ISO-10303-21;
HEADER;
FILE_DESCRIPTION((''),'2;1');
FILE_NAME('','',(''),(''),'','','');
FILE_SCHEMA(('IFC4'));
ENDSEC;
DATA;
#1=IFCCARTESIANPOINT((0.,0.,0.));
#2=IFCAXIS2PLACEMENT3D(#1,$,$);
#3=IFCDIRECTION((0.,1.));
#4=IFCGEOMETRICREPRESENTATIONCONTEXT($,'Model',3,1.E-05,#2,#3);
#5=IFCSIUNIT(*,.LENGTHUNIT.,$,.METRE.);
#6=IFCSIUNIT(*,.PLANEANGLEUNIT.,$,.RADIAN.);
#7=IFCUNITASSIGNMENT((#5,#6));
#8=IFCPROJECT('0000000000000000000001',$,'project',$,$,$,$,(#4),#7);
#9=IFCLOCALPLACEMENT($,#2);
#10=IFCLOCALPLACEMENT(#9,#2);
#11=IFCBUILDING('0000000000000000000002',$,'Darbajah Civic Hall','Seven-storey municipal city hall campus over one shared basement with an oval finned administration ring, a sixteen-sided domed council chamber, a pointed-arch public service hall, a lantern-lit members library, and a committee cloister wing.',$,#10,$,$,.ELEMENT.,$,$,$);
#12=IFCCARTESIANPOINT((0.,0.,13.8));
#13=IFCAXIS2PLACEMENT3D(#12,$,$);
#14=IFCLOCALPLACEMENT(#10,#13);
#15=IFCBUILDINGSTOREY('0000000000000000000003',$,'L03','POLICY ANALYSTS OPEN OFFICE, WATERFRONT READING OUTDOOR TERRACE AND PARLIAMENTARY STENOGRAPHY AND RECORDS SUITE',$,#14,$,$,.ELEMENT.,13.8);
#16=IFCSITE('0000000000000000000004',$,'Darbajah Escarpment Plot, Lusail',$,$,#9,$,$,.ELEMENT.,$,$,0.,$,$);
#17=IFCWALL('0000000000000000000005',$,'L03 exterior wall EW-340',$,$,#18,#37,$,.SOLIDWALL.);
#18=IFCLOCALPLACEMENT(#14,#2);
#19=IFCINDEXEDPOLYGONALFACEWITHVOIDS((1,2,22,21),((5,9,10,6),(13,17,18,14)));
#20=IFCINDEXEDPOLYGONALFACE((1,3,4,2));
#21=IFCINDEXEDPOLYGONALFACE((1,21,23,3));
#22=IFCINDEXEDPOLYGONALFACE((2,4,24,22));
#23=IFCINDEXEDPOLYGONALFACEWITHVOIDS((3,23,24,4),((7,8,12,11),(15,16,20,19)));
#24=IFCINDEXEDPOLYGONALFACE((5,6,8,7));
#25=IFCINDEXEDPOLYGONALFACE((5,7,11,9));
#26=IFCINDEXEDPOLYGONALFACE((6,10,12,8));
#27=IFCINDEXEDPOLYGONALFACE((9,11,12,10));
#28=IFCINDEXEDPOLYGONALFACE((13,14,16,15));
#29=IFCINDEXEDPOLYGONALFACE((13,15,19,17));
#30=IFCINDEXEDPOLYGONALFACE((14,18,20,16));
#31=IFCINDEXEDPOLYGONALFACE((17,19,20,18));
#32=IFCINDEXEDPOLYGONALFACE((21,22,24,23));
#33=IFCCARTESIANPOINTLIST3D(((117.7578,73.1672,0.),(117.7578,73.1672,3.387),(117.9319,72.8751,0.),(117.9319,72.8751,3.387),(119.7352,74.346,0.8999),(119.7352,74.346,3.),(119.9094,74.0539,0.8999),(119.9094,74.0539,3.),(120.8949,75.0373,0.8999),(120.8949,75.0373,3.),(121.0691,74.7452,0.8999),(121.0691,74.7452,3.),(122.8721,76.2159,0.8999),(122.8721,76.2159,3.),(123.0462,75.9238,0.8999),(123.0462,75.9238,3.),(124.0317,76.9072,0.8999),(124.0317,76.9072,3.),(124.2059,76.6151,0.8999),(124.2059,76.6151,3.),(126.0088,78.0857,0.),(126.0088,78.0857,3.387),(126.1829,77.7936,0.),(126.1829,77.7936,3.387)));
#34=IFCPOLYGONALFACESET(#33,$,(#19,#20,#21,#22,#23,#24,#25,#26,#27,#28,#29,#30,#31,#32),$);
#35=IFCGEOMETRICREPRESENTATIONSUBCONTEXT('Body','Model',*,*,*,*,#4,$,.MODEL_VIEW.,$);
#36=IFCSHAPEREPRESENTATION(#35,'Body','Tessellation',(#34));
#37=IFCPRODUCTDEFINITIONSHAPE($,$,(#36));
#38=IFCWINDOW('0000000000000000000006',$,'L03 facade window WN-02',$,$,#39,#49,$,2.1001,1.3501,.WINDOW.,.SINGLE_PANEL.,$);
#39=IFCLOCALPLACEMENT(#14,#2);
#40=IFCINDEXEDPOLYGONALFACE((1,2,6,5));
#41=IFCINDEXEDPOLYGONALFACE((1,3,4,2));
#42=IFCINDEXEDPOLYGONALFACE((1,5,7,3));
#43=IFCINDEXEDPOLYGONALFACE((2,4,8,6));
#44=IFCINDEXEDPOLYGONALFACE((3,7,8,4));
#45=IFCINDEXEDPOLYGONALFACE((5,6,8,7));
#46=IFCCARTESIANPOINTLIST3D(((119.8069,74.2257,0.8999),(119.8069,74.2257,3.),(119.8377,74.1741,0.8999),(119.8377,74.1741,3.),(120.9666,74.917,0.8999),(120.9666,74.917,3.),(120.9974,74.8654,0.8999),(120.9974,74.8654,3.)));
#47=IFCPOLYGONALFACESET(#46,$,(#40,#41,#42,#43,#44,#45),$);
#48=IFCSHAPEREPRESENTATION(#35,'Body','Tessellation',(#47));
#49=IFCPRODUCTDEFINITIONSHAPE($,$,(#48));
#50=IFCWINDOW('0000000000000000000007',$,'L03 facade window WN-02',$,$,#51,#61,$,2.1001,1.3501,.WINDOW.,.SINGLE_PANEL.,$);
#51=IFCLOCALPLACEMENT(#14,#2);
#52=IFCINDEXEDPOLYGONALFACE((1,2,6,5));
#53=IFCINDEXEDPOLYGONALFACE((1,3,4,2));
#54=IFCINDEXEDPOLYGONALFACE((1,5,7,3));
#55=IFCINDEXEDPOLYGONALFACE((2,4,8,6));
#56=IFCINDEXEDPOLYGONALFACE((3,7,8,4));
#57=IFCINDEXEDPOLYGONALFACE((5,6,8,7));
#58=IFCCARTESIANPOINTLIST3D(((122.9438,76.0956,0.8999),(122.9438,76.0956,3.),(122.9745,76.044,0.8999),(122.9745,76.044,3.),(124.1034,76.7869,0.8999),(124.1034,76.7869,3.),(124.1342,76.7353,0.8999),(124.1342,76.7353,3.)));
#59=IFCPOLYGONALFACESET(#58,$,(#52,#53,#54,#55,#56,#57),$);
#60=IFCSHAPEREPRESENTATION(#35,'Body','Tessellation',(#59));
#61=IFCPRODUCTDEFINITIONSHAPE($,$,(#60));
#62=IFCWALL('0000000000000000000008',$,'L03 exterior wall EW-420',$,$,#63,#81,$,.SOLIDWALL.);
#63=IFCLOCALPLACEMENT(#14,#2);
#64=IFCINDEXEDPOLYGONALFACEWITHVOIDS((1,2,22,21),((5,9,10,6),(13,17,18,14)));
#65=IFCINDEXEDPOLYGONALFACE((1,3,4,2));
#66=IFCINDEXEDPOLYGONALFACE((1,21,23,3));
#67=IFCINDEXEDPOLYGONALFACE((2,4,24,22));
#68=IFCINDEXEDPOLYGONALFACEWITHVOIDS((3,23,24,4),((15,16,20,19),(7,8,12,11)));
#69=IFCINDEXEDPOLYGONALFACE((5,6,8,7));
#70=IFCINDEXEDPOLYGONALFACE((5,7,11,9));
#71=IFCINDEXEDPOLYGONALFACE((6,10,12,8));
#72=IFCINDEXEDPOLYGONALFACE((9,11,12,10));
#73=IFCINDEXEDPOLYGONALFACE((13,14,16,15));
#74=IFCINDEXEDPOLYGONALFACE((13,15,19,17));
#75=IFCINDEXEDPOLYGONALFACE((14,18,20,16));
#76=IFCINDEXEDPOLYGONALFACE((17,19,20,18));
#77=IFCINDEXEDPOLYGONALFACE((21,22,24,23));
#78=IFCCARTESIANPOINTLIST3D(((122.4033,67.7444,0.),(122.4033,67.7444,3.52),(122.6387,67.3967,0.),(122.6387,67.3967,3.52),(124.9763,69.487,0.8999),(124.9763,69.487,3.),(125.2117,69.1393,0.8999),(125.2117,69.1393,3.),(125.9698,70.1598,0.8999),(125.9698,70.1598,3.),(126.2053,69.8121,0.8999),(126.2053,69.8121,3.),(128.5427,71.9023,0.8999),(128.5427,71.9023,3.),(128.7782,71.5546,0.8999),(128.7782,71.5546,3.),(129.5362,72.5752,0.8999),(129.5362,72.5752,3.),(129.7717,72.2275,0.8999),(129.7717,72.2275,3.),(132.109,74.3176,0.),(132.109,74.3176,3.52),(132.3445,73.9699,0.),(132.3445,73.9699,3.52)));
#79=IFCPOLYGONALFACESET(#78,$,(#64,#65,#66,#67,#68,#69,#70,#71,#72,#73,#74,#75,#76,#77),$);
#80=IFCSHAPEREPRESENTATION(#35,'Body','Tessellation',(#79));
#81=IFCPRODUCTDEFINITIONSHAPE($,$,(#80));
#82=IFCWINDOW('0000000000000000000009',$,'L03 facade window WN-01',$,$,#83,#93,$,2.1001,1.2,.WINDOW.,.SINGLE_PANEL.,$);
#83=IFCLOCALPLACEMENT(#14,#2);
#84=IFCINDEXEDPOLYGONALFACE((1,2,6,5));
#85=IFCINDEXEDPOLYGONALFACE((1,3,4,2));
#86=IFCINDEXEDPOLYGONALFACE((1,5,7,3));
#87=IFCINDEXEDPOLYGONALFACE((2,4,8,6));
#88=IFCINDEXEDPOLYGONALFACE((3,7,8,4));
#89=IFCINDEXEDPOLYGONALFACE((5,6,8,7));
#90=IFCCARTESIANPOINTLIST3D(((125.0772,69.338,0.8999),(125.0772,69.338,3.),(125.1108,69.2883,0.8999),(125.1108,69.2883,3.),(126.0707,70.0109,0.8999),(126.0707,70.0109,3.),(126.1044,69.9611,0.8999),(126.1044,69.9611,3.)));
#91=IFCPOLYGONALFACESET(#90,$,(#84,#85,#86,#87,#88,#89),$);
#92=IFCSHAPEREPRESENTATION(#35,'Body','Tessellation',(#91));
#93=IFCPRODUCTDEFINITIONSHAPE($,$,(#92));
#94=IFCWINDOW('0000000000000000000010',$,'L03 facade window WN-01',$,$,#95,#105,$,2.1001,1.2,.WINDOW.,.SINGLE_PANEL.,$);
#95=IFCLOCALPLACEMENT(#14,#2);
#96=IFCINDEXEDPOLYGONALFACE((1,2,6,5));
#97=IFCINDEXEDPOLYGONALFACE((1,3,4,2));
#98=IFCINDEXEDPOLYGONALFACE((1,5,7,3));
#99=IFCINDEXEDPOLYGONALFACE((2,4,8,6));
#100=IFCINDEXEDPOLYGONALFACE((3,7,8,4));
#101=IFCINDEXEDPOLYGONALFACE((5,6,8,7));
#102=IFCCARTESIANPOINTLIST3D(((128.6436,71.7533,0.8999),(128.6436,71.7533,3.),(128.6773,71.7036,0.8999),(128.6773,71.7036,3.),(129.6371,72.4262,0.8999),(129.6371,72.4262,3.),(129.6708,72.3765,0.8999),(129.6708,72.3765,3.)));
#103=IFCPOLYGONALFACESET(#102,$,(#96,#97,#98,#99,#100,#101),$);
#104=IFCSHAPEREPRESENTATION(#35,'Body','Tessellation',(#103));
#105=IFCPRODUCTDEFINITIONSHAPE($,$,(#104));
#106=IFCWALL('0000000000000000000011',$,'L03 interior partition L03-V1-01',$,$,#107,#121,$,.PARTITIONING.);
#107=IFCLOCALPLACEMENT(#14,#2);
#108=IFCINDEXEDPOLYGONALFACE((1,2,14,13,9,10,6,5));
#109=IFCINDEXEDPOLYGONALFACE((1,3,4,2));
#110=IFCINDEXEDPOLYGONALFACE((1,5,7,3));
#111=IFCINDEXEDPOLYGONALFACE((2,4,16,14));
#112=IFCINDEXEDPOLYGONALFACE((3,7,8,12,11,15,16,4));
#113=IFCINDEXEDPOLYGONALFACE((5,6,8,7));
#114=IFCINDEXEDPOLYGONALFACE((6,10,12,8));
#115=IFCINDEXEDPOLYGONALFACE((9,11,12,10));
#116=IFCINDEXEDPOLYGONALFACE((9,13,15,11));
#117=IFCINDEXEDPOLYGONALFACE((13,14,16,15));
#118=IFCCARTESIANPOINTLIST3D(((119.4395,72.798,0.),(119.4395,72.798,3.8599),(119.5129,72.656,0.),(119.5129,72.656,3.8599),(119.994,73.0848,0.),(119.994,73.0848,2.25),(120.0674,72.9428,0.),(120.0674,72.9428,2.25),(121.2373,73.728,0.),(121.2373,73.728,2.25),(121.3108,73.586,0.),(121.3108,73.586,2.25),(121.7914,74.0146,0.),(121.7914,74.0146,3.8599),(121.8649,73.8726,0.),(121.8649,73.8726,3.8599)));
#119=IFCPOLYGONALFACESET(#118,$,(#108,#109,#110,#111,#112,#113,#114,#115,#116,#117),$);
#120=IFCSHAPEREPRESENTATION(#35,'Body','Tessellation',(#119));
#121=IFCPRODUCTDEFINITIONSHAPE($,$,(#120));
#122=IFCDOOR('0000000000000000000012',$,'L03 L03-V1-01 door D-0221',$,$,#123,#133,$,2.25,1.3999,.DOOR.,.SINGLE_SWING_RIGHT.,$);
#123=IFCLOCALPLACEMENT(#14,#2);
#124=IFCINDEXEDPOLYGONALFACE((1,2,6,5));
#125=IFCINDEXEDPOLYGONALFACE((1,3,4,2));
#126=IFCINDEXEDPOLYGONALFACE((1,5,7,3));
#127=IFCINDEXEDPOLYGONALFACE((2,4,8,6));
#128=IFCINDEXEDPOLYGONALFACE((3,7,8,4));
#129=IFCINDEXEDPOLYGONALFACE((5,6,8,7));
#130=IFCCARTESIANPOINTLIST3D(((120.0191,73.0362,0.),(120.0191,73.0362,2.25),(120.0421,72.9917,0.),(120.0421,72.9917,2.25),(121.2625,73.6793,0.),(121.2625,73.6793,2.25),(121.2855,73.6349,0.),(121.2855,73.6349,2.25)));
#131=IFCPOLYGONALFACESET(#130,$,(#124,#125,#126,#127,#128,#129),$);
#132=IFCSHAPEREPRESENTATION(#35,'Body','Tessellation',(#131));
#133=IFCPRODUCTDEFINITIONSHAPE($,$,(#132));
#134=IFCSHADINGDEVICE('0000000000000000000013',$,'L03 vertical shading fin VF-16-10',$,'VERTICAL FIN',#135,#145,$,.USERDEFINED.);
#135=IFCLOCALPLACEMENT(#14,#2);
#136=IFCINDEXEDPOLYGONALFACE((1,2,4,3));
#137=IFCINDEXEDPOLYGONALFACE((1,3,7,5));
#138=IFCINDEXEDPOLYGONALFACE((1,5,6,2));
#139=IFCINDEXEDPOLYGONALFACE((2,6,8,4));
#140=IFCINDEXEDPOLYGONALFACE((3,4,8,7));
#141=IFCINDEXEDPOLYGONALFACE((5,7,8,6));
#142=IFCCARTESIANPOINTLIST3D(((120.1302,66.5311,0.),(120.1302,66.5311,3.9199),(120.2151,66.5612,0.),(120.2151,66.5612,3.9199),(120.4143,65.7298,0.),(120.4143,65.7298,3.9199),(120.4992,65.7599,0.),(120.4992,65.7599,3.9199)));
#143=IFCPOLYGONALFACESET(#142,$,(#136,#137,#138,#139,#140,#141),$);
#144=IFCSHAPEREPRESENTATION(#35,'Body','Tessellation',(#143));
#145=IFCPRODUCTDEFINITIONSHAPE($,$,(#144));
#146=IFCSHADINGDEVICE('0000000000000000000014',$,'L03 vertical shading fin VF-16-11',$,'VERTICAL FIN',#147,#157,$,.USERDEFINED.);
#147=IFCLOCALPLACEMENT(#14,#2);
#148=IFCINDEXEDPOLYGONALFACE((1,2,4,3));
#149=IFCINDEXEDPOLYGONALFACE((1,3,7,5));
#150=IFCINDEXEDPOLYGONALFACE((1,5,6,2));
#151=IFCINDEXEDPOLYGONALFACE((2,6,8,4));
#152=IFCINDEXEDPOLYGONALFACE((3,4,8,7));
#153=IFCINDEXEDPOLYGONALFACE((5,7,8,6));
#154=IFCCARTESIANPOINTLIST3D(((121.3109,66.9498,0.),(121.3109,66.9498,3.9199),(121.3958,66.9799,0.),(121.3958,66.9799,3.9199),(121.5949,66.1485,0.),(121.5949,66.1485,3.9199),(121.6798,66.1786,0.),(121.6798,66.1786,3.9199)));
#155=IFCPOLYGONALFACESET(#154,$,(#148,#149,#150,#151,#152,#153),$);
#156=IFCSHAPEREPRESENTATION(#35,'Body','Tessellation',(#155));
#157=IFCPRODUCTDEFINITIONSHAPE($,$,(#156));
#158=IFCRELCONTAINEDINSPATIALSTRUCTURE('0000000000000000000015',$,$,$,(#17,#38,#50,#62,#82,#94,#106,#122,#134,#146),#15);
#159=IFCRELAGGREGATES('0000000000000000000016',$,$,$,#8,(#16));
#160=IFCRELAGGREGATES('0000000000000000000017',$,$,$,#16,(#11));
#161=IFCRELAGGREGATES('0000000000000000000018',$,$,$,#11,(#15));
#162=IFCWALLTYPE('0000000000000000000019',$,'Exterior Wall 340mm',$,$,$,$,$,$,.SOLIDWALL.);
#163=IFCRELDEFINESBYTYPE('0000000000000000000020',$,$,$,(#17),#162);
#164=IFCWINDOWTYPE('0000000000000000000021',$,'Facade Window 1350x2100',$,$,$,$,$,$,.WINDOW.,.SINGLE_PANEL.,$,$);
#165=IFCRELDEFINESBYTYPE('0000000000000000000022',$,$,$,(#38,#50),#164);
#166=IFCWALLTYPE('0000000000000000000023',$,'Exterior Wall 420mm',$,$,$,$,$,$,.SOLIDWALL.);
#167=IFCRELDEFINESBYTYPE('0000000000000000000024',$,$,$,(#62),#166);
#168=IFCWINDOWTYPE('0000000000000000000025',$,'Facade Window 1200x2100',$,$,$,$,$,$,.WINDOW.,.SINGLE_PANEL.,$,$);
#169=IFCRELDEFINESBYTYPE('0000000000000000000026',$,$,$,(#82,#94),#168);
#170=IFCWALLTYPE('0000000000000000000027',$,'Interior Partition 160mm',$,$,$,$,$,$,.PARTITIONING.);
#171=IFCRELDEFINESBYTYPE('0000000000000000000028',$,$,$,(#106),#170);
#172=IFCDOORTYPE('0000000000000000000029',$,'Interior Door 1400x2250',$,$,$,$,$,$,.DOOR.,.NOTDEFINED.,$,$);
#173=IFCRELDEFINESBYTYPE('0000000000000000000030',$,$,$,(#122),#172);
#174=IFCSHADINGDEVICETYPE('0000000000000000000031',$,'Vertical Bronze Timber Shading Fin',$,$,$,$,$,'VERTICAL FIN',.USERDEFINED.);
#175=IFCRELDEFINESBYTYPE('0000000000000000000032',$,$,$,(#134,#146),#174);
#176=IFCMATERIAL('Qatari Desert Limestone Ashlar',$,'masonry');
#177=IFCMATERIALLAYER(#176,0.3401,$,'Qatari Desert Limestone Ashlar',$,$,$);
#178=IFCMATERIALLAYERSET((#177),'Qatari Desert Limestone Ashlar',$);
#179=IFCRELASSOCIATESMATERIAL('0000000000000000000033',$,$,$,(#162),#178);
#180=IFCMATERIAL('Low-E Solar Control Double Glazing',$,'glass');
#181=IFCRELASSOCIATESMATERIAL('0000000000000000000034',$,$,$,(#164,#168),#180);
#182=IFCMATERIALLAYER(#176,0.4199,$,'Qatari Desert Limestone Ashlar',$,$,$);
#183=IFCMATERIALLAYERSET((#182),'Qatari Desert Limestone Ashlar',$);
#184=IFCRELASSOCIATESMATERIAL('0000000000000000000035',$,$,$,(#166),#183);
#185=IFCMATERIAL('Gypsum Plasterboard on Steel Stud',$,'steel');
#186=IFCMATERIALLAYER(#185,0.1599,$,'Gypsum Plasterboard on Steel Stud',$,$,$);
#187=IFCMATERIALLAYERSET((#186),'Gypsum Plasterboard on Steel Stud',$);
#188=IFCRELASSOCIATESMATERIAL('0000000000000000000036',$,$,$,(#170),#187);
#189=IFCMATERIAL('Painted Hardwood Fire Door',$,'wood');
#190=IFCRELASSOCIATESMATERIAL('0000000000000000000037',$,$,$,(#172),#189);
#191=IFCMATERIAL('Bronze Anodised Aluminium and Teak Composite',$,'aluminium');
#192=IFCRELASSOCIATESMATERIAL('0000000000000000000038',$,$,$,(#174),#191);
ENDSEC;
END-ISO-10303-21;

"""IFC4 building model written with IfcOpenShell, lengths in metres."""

from ifc_helpers import new_model, si_unit, direction, frame, frame_2d, origin, origin_2d, place, context, subcontext, project, spatial, rectangle, extrude, material, layer, layer_set, type_object, element, fill, save


model = new_model("IFC4")

# Units and contexts
model_context = context("Model", 3, precision=1e-05, world=origin(), true_north=direction((0.0, 1.0)))
body_context = subcontext(model_context, "Body", "Model", "MODEL_VIEW")
ifc_project = project(units=[si_unit("LENGTHUNIT", "METRE"), si_unit("PLANEANGLEUNIT", "RADIAN")], contexts=[model_context])

# Site, building, storey
site_placement = place(None, origin())
site = spatial("IfcSite", under=ifc_project, at=site_placement, Name="Darbajah Escarpment Plot, Lusail", CompositionType="ELEMENT", RefElevation=0.0)
building_placement = place(site_placement, origin())
building = spatial("IfcBuilding", under=site, at=building_placement, Name="Darbajah Civic Hall", Description="Seven-storey municipal city hall campus over one shared basement with an oval finned administration ring, a sixteen-sided domed council chamber, a pointed-arch public service hall, a lantern-lit members library, and a committee cloister wing.", CompositionType="ELEMENT")
storey_placement = place(building_placement, frame((0.0, 0.0, 13.8)))
storey = spatial("IfcBuildingStorey", under=building, at=storey_placement, Name="L03", Description="POLICY ANALYSTS OPEN OFFICE, WATERFRONT READING OUTDOOR TERRACE AND PARLIAMENTARY STENOGRAPHY AND RECORDS SUITE", CompositionType="ELEMENT", Elevation=13.8)

# Shared definitions
ifc_material_1 = material(Name="Low-E Solar Control Double Glazing", Category="glass")

# Walls, openings, windows
ifc_material_2 = material(Name="Qatari Desert Limestone Ashlar", Category="masonry")
ifc_layer_1 = layer(ifc_material_2, 0.3401, Name="Qatari Desert Limestone Ashlar")
ifc_layer_set_1 = layer_set([ifc_layer_1], Name="Qatari Desert Limestone Ashlar")
wall_type_1 = type_object("IfcWallType", Name="Exterior Wall 340mm", PredefinedType="SOLIDWALL", material=ifc_layer_set_1)
wall_1_placement = place(storey_placement, frame((117.845, 73.0212, 0.0), z_axis=(0.0, 0.0, 1.0), x_axis=(0.858965, 0.512034, 0.0)))
wall_1 = element("IfcWall", 1, at=wall_1_placement, inside=storey, type_object=wall_type_1, Name="L03 exterior wall EW-340", PredefinedType="SOLIDWALL", context=body_context, shape_type="SweptSolid", body=[
    extrude(rectangle(XDim=9.6057, YDim=0.3401, at=frame_2d((4.8027, 0.0))), origin(), (0.0, 0.0, 1.0), 3.387),
])
opening_1_placement = place(wall_1_placement, frame((2.302, 0.0, 0.8999)))
opening_1 = element("IfcOpeningElement", 2, at=opening_1_placement, cuts=wall_1, PredefinedType="OPENING", context=body_context, shape_type="SweptSolid", body=[
    extrude(rectangle(XDim=1.3501, YDim=2.1001, at=frame_2d((0.675, 1.05))), frame((0.0, 0.1799, 0.0), z_axis=(0.0, -1.0, 0.0), x_axis=(1.0, 0.0, 0.0)), (0.0, 0.0, 1.0), 0.3601),
])
opening_2_placement = place(wall_1_placement, frame((5.9539, 0.0, 0.8999)))
opening_2 = element("IfcOpeningElement", 3, at=opening_2_placement, cuts=wall_1, PredefinedType="OPENING", context=body_context, shape_type="SweptSolid", body=[
    extrude(rectangle(XDim=1.3501, YDim=2.1001, at=frame_2d((0.675, 1.05))), frame((0.0, 0.1799, 0.0), z_axis=(0.0, -1.0, 0.0), x_axis=(1.0, 0.0, 0.0)), (0.0, 0.0, 1.0), 0.3601),
])
window_type_1 = type_object("IfcWindowType", Name="Facade Window 1350x2100", PartitioningType="SINGLE_PANEL", PredefinedType="WINDOW", material=ifc_material_1)
window_1_placement = place(opening_1_placement, origin())
window_1 = element("IfcWindow", 4, at=window_1_placement, inside=storey, type_object=window_type_1, Name="L03 facade window WN-02", OverallHeight=2.1001, OverallWidth=1.3501, PartitioningType="SINGLE_PANEL", PredefinedType="WINDOW", context=body_context, shape_type="SweptSolid", body=[
    extrude(rectangle(XDim=1.3501, YDim=2.1001, at=frame_2d((0.675, 1.05))), frame((0.0, 0.03, 0.0), z_axis=(0.0, -1.0, 0.0), x_axis=(1.0, 0.0, 0.0)), (0.0, 0.0, 1.0), 0.0601),
])
fill(opening_1, window_1)
window_2_placement = place(opening_2_placement, origin())
window_2 = element("IfcWindow", 5, at=window_2_placement, inside=storey, type_object=window_type_1, Name="L03 facade window WN-02", OverallHeight=2.1001, OverallWidth=1.3501, PartitioningType="SINGLE_PANEL", PredefinedType="WINDOW", context=body_context, shape_type="SweptSolid", body=[
    extrude(rectangle(XDim=1.3501, YDim=2.1001, at=frame_2d((0.675, 1.05))), frame((0.0, 0.03, 0.0), z_axis=(0.0, -1.0, 0.0), x_axis=(1.0, 0.0, 0.0)), (0.0, 0.0, 1.0), 0.0601),
])
fill(opening_2, window_2)
ifc_layer_2 = layer(ifc_material_2, 0.4199, Name="Qatari Desert Limestone Ashlar")
ifc_layer_set_2 = layer_set([ifc_layer_2], Name="Qatari Desert Limestone Ashlar")
wall_type_2 = type_object("IfcWallType", Name="Exterior Wall 420mm", PredefinedType="SOLIDWALL", material=ifc_layer_set_2)
wall_2_placement = place(storey_placement, frame((122.521, 67.5706, 0.0), z_axis=(0.0, 0.0, 1.0), x_axis=(0.827985, 0.560751, 0.0)))
wall_2 = element("IfcWall", 6, at=wall_2_placement, inside=storey, type_object=wall_type_2, Name="L03 exterior wall EW-420", PredefinedType="SOLIDWALL", context=body_context, shape_type="SweptSolid", body=[
    extrude(rectangle(XDim=11.7222, YDim=0.4199, at=frame_2d((5.8611, 0.0))), origin(), (0.0, 0.0, 1.0), 3.52),
])
opening_3_placement = place(wall_2_placement, frame((3.1074, 0.0, 0.8999)))
opening_3 = element("IfcOpeningElement", 7, at=opening_3_placement, cuts=wall_2, PredefinedType="OPENING", context=body_context, shape_type="SweptSolid", body=[
    extrude(rectangle(XDim=1.2, YDim=2.1001, at=frame_2d((0.6001, 1.05))), frame((0.0, 0.22, 0.0), z_axis=(0.0, -1.0, 0.0), x_axis=(1.0, 0.0, 0.0)), (0.0, 0.0, 1.0), 0.4399),
])
opening_4_placement = place(wall_2_placement, frame((7.4148, 0.0, 0.8999)))
opening_4 = element("IfcOpeningElement", 8, at=opening_4_placement, cuts=wall_2, PredefinedType="OPENING", context=body_context, shape_type="SweptSolid", body=[
    extrude(rectangle(XDim=1.2, YDim=2.1001, at=frame_2d((0.6001, 1.05))), frame((0.0, 0.22, 0.0), z_axis=(0.0, -1.0, 0.0), x_axis=(1.0, 0.0, 0.0)), (0.0, 0.0, 1.0), 0.4399),
])
window_type_2 = type_object("IfcWindowType", Name="Facade Window 1200x2100", PartitioningType="SINGLE_PANEL", PredefinedType="WINDOW", material=ifc_material_1)
window_3_placement = place(opening_3_placement, origin())
window_3 = element("IfcWindow", 9, at=window_3_placement, inside=storey, type_object=window_type_2, Name="L03 facade window WN-01", OverallHeight=2.1001, OverallWidth=1.2, PartitioningType="SINGLE_PANEL", PredefinedType="WINDOW", context=body_context, shape_type="SweptSolid", body=[
    extrude(rectangle(XDim=1.2, YDim=2.1001, at=frame_2d((0.6001, 1.05))), frame((0.0, 0.03, 0.0), z_axis=(0.0, -1.0, 0.0), x_axis=(1.0, 0.0, 0.0)), (0.0, 0.0, 1.0), 0.0601),
])
fill(opening_3, window_3)
window_4_placement = place(opening_4_placement, origin())
window_4 = element("IfcWindow", 10, at=window_4_placement, inside=storey, type_object=window_type_2, Name="L03 facade window WN-01", OverallHeight=2.1001, OverallWidth=1.2, PartitioningType="SINGLE_PANEL", PredefinedType="WINDOW", context=body_context, shape_type="SweptSolid", body=[
    extrude(rectangle(XDim=1.2, YDim=2.1001, at=frame_2d((0.6001, 1.05))), frame((0.0, 0.03, 0.0), z_axis=(0.0, -1.0, 0.0), x_axis=(1.0, 0.0, 0.0)), (0.0, 0.0, 1.0), 0.0601),
])
fill(opening_4, window_4)

# Wall, opening, door
ifc_material_3 = material(Name="Gypsum Plasterboard on Steel Stud", Category="steel")
ifc_layer_3 = layer(ifc_material_3, 0.1599, Name="Gypsum Plasterboard on Steel Stud")
ifc_layer_set_3 = layer_set([ifc_layer_3], Name="Gypsum Plasterboard on Steel Stud")
wall_type_3 = type_object("IfcWallType", Name="Interior Partition 160mm", PredefinedType="PARTITIONING", material=ifc_layer_set_3)
wall_3_placement = place(storey_placement, frame((121.8281, 73.9436, 0.0), z_axis=(0.0, 0.0, 1.0), x_axis=(-0.888202, -0.459453, 0.0)))
wall_3 = element("IfcWall", 11, at=wall_3_placement, inside=storey, type_object=wall_type_3, Name="L03 interior partition L03-V1-01", PredefinedType="PARTITIONING", context=body_context, shape_type="SweptSolid", body=[
    extrude(rectangle(XDim=2.6479, YDim=0.1599, at=frame_2d((1.324, 0.0))), origin(), (0.0, 0.0, 1.0), 3.8599),
])
opening_5_placement = place(wall_3_placement, frame((0.6238, 0.0, 0.0)))
opening_5 = element("IfcOpeningElement", 12, at=opening_5_placement, cuts=wall_3, PredefinedType="OPENING", context=body_context, shape_type="SweptSolid", body=[
    extrude(rectangle(XDim=1.3999, YDim=2.25, at=frame_2d((0.7, 1.125))), frame((0.0, 0.0898, 0.0), z_axis=(0.0, -1.0, 0.0), x_axis=(1.0, 0.0, 0.0)), (0.0, 0.0, 1.0), 0.1799),
])
ifc_material_4 = material(Name="Painted Hardwood Fire Door", Category="wood")
door_type = type_object("IfcDoorType", Name="Interior Door 1400x2250", OperationType="NOTDEFINED", PredefinedType="DOOR", material=ifc_material_4)
door_placement = place(opening_5_placement, origin())
door = element("IfcDoor", 13, at=door_placement, inside=storey, type_object=door_type, Name="L03 L03-V1-01 door D-0221", OperationType="SINGLE_SWING_RIGHT", OverallHeight=2.25, OverallWidth=1.3999, PredefinedType="DOOR", context=body_context, shape_type="SweptSolid", body=[
    extrude(rectangle(XDim=1.3999, YDim=2.25, at=frame_2d((0.7, 1.125))), frame((0.0, 0.0249, 0.0), z_axis=(0.0, -1.0, 0.0), x_axis=(1.0, 0.0, 0.0)), (0.0, 0.0, 1.0), 0.05),
])
fill(opening_5, door)

# Shading devices
ifc_material_5 = material(Name="Bronze Anodised Aluminium and Teak Composite", Category="aluminium")
shading_device_type = type_object("IfcShadingDeviceType", Name="Vertical Bronze Timber Shading Fin", ElementType="VERTICAL FIN", PredefinedType="USERDEFINED", material=ifc_material_5)
for number, where, z_axis, x_axis, name in (
    (14, (120.3147, 66.1455, 0.0), (0.0, 0.0, 1.0), (0.334136, -0.942525, 0.0), "L03 vertical shading fin VF-16-10"),
    (15, (121.4954, 66.5642, 0.0), (0.0, 0.0, 1.0), (0.334136, -0.942525, 0.0), "L03 vertical shading fin VF-16-11"),
):
    element("IfcShadingDevice", number, at=place(storey_placement, frame(where, z_axis=z_axis, x_axis=x_axis)), inside=storey, type_object=shading_device_type, Name=name, ObjectType="VERTICAL FIN", PredefinedType="USERDEFINED", context=body_context, shape_type="SweptSolid", body=[
        extrude(rectangle(XDim=0.8501, YDim=0.0901, at=origin_2d()), origin(), (0.0, 0.0, 1.0), 3.9199),
    ])

save(model, "model.ifc")
